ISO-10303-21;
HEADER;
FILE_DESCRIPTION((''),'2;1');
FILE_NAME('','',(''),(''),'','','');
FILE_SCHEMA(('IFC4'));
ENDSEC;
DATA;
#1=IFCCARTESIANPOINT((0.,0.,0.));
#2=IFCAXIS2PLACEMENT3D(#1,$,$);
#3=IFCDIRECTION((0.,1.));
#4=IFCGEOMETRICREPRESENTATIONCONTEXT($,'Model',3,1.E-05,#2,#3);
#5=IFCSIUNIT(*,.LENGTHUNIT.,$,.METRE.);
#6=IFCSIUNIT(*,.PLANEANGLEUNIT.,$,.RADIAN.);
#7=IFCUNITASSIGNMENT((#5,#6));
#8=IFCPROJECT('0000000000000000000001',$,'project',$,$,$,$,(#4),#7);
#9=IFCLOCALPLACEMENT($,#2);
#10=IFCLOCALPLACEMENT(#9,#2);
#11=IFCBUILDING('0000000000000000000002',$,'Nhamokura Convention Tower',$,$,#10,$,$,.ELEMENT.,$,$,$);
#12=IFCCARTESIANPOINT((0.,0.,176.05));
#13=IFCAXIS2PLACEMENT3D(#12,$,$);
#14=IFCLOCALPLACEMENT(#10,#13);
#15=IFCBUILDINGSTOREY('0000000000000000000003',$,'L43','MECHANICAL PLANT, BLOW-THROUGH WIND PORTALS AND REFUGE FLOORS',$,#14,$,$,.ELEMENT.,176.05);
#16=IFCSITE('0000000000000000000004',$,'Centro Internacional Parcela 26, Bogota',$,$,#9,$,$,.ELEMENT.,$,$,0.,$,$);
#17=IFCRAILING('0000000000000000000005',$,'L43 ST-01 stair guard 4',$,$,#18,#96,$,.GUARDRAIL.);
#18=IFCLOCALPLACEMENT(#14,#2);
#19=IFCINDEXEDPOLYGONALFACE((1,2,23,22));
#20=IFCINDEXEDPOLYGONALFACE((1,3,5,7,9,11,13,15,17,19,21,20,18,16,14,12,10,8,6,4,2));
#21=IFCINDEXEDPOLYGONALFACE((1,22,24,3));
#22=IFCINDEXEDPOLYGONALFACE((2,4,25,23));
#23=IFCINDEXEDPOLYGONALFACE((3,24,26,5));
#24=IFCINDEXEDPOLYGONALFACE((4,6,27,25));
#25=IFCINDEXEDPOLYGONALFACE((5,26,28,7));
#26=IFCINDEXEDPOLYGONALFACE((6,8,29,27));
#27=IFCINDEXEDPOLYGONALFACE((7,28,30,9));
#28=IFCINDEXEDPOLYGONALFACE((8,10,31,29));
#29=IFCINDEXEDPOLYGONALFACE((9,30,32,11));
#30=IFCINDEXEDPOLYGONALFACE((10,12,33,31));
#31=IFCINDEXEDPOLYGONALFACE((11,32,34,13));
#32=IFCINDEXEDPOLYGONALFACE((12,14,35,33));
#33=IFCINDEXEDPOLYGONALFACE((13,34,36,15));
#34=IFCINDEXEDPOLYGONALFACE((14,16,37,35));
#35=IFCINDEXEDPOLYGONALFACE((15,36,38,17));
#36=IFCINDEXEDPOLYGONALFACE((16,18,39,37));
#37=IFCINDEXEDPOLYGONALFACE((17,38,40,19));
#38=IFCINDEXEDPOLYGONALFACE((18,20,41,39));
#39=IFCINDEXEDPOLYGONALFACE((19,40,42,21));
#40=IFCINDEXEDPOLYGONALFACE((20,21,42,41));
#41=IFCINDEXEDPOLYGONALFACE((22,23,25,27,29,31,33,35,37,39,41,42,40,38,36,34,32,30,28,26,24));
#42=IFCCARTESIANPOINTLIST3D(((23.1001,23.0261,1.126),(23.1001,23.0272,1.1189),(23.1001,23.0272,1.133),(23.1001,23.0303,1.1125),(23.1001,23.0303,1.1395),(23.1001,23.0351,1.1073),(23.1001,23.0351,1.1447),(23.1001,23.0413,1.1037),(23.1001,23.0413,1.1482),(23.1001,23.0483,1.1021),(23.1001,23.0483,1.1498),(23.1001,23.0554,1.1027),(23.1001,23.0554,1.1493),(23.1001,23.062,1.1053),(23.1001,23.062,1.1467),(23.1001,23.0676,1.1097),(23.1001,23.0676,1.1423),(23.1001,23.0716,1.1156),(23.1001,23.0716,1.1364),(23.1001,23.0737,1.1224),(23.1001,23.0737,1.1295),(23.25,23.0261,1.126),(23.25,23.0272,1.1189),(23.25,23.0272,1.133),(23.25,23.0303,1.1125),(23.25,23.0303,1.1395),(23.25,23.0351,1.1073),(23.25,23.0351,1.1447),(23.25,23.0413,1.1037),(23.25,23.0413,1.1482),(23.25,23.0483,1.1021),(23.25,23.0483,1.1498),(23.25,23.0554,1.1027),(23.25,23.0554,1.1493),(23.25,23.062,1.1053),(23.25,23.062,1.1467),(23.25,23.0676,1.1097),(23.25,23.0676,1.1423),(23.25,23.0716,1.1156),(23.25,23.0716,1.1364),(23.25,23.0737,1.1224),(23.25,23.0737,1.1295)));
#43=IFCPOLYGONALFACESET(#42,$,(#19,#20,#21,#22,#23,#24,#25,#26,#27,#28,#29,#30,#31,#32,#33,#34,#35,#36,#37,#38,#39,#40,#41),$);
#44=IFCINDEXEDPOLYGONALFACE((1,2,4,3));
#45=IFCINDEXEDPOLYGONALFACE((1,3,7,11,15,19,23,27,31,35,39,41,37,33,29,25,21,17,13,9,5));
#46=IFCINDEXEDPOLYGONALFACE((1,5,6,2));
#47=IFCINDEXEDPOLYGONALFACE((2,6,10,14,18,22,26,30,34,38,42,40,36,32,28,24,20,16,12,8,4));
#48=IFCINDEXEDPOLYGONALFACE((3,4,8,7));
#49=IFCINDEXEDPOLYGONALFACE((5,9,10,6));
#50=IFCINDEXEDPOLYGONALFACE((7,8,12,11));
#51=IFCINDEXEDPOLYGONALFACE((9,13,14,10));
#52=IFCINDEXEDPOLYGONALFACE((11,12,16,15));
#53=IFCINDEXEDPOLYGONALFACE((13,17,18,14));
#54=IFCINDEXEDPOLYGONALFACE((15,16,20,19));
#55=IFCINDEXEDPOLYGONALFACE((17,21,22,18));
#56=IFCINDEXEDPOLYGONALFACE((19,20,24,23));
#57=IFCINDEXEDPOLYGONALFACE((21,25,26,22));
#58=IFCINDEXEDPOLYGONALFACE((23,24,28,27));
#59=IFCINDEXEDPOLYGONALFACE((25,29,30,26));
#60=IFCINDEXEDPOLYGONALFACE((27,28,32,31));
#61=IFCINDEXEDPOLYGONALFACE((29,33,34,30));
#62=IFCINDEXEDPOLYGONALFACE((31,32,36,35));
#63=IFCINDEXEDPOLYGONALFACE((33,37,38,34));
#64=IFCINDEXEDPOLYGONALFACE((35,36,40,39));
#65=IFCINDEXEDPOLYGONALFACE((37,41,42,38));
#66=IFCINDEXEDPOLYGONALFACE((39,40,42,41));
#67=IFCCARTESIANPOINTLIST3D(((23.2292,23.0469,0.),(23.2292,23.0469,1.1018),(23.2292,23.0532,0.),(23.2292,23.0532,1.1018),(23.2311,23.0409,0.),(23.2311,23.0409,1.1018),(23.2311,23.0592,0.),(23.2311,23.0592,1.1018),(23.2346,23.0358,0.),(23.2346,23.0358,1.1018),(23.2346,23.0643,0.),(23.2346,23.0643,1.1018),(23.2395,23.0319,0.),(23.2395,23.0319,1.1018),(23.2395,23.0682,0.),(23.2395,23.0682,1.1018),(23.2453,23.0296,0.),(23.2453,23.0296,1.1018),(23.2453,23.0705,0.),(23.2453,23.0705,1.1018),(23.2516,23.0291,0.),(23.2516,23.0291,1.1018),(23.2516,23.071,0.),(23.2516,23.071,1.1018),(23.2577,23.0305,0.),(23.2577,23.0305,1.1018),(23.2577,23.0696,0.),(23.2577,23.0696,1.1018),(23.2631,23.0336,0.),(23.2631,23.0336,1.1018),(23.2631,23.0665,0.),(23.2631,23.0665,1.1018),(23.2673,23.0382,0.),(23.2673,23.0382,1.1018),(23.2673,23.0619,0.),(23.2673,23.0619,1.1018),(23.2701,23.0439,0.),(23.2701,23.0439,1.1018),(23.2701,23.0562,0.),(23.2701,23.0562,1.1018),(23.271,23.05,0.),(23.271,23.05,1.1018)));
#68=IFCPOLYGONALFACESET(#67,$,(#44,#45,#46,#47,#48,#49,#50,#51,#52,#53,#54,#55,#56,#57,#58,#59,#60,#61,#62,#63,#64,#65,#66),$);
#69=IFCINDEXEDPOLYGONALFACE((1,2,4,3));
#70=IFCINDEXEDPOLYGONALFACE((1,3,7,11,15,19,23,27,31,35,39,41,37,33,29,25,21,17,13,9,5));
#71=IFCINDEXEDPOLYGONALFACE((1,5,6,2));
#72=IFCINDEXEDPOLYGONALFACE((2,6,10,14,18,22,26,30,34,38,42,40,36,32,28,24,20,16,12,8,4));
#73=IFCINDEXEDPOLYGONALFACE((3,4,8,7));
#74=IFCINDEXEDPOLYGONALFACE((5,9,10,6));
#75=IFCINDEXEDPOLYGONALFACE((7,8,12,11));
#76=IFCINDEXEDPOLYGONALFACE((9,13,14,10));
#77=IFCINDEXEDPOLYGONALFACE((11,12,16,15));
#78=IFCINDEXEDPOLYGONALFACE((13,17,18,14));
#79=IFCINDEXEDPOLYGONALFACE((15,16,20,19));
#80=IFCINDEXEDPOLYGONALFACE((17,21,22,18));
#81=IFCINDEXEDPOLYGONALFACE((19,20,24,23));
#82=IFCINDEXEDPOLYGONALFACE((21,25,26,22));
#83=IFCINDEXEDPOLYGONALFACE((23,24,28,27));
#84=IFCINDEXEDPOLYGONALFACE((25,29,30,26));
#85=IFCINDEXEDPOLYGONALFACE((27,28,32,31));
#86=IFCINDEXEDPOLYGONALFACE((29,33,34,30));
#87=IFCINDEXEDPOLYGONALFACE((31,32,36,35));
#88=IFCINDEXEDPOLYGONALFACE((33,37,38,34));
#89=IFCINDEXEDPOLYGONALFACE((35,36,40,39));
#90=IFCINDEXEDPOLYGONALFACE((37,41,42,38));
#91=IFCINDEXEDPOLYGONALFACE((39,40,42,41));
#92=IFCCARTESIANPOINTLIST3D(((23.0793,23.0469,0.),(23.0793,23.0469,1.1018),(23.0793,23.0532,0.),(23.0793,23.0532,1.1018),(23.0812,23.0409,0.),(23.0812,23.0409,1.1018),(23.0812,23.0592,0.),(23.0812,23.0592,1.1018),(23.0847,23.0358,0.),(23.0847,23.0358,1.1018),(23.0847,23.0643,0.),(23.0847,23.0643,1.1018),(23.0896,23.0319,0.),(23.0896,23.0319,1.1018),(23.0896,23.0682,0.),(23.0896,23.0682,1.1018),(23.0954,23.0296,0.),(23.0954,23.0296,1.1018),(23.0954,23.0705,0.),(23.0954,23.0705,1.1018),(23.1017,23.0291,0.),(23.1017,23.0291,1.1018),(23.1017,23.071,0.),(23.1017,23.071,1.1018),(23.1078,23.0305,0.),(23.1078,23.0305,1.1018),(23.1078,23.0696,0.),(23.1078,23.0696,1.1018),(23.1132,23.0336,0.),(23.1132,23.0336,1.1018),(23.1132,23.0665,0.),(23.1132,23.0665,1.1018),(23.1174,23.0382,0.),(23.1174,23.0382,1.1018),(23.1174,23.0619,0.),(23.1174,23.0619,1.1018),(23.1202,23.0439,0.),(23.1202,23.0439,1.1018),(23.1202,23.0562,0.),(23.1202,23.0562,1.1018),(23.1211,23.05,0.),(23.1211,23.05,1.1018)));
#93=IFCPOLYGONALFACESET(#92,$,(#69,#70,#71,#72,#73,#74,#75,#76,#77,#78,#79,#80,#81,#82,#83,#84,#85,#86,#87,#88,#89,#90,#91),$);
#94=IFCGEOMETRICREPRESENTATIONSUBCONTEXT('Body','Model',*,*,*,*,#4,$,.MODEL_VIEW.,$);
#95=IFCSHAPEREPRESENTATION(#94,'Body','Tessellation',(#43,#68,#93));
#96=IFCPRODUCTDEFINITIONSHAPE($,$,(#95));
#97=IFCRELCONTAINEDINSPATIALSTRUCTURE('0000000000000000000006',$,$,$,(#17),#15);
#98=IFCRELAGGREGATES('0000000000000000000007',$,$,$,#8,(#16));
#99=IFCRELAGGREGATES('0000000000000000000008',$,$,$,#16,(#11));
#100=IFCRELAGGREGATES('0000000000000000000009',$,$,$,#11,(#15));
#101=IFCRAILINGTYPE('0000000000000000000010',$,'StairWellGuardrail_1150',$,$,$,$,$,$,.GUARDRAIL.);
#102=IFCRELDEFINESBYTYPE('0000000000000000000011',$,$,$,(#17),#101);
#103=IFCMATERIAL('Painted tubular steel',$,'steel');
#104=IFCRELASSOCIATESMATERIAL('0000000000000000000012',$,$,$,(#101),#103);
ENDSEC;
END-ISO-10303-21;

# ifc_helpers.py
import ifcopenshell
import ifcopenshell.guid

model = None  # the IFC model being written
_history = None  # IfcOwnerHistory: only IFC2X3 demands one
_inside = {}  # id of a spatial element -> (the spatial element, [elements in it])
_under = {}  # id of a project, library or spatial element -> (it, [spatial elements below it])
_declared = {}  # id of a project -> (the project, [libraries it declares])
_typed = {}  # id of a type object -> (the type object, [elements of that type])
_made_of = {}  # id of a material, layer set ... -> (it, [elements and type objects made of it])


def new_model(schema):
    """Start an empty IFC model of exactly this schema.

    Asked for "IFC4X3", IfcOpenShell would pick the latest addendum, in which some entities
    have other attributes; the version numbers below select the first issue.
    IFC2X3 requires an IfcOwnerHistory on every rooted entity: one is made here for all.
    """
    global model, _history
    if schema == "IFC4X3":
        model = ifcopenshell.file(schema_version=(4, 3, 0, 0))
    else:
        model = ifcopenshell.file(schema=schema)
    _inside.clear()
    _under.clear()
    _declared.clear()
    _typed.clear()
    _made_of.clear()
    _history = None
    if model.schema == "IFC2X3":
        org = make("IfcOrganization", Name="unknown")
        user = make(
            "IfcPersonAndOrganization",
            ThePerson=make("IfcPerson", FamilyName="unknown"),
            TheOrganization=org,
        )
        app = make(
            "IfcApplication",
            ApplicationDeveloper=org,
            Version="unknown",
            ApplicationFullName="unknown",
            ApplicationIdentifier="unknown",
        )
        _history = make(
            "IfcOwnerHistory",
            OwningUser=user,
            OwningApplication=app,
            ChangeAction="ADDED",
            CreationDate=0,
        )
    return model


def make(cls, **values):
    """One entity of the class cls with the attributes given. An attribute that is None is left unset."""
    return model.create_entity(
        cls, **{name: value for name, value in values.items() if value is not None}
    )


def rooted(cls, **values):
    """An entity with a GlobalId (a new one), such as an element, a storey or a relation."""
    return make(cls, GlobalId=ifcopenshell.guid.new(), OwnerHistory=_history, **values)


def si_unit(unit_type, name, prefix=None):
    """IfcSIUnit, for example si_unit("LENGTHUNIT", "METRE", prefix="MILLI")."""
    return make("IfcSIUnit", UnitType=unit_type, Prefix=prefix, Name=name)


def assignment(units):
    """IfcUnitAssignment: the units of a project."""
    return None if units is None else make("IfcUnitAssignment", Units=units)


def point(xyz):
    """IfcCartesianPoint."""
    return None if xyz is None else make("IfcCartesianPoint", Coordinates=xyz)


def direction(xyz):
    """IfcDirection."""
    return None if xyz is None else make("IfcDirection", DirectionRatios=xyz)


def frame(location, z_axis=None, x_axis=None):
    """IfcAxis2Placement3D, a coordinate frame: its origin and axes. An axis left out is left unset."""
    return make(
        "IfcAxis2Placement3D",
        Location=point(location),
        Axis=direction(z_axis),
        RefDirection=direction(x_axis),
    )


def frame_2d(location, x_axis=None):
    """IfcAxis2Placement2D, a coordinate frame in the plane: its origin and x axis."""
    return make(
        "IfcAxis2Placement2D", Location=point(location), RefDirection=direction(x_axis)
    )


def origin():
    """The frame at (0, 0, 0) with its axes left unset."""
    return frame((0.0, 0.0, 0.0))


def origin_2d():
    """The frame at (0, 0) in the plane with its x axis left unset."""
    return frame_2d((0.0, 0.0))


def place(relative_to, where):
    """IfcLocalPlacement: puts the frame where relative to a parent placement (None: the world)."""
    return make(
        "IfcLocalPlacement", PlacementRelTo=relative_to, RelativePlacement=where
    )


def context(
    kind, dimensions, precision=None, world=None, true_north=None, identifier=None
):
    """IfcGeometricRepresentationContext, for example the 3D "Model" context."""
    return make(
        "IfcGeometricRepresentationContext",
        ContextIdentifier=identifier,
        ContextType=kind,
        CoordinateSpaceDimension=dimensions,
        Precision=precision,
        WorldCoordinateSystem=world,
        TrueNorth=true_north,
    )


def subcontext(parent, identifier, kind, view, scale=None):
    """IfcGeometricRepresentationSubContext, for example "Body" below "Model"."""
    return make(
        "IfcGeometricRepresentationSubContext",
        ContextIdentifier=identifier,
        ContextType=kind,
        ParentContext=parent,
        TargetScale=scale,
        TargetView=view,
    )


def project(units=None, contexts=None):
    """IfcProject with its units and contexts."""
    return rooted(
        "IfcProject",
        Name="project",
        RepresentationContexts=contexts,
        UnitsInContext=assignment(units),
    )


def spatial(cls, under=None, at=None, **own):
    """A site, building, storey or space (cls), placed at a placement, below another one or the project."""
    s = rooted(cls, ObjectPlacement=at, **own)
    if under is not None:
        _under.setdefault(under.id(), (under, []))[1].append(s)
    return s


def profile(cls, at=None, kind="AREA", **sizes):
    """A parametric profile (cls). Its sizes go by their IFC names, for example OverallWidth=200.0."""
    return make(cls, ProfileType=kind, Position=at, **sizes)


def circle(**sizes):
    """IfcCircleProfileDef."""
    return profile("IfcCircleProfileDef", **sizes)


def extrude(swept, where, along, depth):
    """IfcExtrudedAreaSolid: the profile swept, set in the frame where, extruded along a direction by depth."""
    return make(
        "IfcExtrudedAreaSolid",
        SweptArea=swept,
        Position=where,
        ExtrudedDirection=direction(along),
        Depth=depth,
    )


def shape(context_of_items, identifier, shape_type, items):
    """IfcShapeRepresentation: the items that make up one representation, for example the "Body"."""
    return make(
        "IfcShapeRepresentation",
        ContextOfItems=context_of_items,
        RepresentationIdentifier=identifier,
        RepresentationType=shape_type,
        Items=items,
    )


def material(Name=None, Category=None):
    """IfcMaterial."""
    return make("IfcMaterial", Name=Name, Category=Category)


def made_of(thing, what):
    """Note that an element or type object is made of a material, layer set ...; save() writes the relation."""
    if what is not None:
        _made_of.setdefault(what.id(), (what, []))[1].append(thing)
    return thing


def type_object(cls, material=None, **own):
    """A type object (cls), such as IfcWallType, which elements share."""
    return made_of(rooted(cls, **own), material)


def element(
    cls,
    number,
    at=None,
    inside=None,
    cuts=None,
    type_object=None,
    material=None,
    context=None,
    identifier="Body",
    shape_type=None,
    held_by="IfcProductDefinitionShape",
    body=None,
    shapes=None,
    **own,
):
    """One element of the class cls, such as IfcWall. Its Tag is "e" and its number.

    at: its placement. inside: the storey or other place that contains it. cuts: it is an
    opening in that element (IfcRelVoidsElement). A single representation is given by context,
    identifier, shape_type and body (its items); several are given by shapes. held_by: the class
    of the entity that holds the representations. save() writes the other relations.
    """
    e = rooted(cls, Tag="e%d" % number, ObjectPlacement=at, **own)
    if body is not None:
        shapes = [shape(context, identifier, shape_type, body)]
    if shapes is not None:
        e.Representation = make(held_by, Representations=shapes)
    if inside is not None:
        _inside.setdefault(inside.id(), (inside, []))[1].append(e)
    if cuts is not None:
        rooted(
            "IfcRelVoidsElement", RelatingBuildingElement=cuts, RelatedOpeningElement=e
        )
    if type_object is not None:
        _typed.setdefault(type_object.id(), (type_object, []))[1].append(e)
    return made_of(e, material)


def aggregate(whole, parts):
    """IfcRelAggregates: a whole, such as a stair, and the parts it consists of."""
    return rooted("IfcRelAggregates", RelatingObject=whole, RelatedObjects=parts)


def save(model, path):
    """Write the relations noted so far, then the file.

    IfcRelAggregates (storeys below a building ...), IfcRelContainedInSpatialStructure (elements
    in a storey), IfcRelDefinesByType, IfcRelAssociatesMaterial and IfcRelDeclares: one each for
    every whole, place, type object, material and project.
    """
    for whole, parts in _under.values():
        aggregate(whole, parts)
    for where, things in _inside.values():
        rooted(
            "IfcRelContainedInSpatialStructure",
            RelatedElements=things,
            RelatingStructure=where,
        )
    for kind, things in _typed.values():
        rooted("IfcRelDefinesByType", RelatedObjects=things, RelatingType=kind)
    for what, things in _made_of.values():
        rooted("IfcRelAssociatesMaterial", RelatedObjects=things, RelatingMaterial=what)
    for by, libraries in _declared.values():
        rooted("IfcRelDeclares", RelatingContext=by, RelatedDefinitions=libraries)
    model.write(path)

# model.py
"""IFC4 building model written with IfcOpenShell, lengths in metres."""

from ifc_helpers import new_model, si_unit, direction, frame, origin, origin_2d, place, context, subcontext, project, spatial, circle, extrude, material, type_object, element, save


model = new_model("IFC4")

# Units and contexts
model_context = context("Model", 3, precision=1e-05, world=origin(), true_north=direction((0.0, 1.0)))
body_context = subcontext(model_context, "Body", "Model", "MODEL_VIEW")
ifc_project = project(units=[si_unit("LENGTHUNIT", "METRE"), si_unit("PLANEANGLEUNIT", "RADIAN")], contexts=[model_context])

# Site, building, storey
site_placement = place(None, origin())
site = spatial("IfcSite", under=ifc_project, at=site_placement, Name="Centro Internacional Parcela 26, Bogota", CompositionType="ELEMENT", RefElevation=0.0)
building_placement = place(site_placement, origin())
building = spatial("IfcBuilding", under=site, at=building_placement, Name="Nhamokura Convention Tower", CompositionType="ELEMENT")
storey_placement = place(building_placement, frame((0.0, 0.0, 176.05)))
storey = spatial("IfcBuildingStorey", under=building, at=storey_placement, Name="L43", Description="MECHANICAL PLANT, BLOW-THROUGH WIND PORTALS AND REFUGE FLOORS", CompositionType="ELEMENT", Elevation=176.05)

# Railing
ifc_material_1 = material(Name="Painted tubular steel", Category="steel")
railing_type_1 = type_object("IfcRailingType", Name="StairWellGuardrail_1150", PredefinedType="GUARDRAIL", material=ifc_material_1)
railing_1_placement = place(storey_placement, frame((23.25, 23.05, 0.0)))
element("IfcRailing", 1, at=railing_1_placement, inside=storey, type_object=railing_type_1, Name="L43 ST-01 stair guard 4", PredefinedType="GUARDRAIL", context=body_context, shape_type="SweptSolid", body=[
    extrude(circle(Radius=0.0239, at=origin_2d()), frame((0.0, 0.0, 1.126), z_axis=(-1.0, 0.0, 0.0), x_axis=(0.0, -1.0, 0.0)), (0.0, 0.0, 1.0), 0.1499),
    extrude(circle(Radius=0.021, at=origin_2d()), origin(), (0.0, 0.0, 1.0), 1.1018),
    extrude(circle(Radius=0.021, at=origin_2d()), frame((-0.1499, 0.0, 0.0)), (0.0, 0.0, 1.0), 1.1018),
])

save(model, "model.ifc")
